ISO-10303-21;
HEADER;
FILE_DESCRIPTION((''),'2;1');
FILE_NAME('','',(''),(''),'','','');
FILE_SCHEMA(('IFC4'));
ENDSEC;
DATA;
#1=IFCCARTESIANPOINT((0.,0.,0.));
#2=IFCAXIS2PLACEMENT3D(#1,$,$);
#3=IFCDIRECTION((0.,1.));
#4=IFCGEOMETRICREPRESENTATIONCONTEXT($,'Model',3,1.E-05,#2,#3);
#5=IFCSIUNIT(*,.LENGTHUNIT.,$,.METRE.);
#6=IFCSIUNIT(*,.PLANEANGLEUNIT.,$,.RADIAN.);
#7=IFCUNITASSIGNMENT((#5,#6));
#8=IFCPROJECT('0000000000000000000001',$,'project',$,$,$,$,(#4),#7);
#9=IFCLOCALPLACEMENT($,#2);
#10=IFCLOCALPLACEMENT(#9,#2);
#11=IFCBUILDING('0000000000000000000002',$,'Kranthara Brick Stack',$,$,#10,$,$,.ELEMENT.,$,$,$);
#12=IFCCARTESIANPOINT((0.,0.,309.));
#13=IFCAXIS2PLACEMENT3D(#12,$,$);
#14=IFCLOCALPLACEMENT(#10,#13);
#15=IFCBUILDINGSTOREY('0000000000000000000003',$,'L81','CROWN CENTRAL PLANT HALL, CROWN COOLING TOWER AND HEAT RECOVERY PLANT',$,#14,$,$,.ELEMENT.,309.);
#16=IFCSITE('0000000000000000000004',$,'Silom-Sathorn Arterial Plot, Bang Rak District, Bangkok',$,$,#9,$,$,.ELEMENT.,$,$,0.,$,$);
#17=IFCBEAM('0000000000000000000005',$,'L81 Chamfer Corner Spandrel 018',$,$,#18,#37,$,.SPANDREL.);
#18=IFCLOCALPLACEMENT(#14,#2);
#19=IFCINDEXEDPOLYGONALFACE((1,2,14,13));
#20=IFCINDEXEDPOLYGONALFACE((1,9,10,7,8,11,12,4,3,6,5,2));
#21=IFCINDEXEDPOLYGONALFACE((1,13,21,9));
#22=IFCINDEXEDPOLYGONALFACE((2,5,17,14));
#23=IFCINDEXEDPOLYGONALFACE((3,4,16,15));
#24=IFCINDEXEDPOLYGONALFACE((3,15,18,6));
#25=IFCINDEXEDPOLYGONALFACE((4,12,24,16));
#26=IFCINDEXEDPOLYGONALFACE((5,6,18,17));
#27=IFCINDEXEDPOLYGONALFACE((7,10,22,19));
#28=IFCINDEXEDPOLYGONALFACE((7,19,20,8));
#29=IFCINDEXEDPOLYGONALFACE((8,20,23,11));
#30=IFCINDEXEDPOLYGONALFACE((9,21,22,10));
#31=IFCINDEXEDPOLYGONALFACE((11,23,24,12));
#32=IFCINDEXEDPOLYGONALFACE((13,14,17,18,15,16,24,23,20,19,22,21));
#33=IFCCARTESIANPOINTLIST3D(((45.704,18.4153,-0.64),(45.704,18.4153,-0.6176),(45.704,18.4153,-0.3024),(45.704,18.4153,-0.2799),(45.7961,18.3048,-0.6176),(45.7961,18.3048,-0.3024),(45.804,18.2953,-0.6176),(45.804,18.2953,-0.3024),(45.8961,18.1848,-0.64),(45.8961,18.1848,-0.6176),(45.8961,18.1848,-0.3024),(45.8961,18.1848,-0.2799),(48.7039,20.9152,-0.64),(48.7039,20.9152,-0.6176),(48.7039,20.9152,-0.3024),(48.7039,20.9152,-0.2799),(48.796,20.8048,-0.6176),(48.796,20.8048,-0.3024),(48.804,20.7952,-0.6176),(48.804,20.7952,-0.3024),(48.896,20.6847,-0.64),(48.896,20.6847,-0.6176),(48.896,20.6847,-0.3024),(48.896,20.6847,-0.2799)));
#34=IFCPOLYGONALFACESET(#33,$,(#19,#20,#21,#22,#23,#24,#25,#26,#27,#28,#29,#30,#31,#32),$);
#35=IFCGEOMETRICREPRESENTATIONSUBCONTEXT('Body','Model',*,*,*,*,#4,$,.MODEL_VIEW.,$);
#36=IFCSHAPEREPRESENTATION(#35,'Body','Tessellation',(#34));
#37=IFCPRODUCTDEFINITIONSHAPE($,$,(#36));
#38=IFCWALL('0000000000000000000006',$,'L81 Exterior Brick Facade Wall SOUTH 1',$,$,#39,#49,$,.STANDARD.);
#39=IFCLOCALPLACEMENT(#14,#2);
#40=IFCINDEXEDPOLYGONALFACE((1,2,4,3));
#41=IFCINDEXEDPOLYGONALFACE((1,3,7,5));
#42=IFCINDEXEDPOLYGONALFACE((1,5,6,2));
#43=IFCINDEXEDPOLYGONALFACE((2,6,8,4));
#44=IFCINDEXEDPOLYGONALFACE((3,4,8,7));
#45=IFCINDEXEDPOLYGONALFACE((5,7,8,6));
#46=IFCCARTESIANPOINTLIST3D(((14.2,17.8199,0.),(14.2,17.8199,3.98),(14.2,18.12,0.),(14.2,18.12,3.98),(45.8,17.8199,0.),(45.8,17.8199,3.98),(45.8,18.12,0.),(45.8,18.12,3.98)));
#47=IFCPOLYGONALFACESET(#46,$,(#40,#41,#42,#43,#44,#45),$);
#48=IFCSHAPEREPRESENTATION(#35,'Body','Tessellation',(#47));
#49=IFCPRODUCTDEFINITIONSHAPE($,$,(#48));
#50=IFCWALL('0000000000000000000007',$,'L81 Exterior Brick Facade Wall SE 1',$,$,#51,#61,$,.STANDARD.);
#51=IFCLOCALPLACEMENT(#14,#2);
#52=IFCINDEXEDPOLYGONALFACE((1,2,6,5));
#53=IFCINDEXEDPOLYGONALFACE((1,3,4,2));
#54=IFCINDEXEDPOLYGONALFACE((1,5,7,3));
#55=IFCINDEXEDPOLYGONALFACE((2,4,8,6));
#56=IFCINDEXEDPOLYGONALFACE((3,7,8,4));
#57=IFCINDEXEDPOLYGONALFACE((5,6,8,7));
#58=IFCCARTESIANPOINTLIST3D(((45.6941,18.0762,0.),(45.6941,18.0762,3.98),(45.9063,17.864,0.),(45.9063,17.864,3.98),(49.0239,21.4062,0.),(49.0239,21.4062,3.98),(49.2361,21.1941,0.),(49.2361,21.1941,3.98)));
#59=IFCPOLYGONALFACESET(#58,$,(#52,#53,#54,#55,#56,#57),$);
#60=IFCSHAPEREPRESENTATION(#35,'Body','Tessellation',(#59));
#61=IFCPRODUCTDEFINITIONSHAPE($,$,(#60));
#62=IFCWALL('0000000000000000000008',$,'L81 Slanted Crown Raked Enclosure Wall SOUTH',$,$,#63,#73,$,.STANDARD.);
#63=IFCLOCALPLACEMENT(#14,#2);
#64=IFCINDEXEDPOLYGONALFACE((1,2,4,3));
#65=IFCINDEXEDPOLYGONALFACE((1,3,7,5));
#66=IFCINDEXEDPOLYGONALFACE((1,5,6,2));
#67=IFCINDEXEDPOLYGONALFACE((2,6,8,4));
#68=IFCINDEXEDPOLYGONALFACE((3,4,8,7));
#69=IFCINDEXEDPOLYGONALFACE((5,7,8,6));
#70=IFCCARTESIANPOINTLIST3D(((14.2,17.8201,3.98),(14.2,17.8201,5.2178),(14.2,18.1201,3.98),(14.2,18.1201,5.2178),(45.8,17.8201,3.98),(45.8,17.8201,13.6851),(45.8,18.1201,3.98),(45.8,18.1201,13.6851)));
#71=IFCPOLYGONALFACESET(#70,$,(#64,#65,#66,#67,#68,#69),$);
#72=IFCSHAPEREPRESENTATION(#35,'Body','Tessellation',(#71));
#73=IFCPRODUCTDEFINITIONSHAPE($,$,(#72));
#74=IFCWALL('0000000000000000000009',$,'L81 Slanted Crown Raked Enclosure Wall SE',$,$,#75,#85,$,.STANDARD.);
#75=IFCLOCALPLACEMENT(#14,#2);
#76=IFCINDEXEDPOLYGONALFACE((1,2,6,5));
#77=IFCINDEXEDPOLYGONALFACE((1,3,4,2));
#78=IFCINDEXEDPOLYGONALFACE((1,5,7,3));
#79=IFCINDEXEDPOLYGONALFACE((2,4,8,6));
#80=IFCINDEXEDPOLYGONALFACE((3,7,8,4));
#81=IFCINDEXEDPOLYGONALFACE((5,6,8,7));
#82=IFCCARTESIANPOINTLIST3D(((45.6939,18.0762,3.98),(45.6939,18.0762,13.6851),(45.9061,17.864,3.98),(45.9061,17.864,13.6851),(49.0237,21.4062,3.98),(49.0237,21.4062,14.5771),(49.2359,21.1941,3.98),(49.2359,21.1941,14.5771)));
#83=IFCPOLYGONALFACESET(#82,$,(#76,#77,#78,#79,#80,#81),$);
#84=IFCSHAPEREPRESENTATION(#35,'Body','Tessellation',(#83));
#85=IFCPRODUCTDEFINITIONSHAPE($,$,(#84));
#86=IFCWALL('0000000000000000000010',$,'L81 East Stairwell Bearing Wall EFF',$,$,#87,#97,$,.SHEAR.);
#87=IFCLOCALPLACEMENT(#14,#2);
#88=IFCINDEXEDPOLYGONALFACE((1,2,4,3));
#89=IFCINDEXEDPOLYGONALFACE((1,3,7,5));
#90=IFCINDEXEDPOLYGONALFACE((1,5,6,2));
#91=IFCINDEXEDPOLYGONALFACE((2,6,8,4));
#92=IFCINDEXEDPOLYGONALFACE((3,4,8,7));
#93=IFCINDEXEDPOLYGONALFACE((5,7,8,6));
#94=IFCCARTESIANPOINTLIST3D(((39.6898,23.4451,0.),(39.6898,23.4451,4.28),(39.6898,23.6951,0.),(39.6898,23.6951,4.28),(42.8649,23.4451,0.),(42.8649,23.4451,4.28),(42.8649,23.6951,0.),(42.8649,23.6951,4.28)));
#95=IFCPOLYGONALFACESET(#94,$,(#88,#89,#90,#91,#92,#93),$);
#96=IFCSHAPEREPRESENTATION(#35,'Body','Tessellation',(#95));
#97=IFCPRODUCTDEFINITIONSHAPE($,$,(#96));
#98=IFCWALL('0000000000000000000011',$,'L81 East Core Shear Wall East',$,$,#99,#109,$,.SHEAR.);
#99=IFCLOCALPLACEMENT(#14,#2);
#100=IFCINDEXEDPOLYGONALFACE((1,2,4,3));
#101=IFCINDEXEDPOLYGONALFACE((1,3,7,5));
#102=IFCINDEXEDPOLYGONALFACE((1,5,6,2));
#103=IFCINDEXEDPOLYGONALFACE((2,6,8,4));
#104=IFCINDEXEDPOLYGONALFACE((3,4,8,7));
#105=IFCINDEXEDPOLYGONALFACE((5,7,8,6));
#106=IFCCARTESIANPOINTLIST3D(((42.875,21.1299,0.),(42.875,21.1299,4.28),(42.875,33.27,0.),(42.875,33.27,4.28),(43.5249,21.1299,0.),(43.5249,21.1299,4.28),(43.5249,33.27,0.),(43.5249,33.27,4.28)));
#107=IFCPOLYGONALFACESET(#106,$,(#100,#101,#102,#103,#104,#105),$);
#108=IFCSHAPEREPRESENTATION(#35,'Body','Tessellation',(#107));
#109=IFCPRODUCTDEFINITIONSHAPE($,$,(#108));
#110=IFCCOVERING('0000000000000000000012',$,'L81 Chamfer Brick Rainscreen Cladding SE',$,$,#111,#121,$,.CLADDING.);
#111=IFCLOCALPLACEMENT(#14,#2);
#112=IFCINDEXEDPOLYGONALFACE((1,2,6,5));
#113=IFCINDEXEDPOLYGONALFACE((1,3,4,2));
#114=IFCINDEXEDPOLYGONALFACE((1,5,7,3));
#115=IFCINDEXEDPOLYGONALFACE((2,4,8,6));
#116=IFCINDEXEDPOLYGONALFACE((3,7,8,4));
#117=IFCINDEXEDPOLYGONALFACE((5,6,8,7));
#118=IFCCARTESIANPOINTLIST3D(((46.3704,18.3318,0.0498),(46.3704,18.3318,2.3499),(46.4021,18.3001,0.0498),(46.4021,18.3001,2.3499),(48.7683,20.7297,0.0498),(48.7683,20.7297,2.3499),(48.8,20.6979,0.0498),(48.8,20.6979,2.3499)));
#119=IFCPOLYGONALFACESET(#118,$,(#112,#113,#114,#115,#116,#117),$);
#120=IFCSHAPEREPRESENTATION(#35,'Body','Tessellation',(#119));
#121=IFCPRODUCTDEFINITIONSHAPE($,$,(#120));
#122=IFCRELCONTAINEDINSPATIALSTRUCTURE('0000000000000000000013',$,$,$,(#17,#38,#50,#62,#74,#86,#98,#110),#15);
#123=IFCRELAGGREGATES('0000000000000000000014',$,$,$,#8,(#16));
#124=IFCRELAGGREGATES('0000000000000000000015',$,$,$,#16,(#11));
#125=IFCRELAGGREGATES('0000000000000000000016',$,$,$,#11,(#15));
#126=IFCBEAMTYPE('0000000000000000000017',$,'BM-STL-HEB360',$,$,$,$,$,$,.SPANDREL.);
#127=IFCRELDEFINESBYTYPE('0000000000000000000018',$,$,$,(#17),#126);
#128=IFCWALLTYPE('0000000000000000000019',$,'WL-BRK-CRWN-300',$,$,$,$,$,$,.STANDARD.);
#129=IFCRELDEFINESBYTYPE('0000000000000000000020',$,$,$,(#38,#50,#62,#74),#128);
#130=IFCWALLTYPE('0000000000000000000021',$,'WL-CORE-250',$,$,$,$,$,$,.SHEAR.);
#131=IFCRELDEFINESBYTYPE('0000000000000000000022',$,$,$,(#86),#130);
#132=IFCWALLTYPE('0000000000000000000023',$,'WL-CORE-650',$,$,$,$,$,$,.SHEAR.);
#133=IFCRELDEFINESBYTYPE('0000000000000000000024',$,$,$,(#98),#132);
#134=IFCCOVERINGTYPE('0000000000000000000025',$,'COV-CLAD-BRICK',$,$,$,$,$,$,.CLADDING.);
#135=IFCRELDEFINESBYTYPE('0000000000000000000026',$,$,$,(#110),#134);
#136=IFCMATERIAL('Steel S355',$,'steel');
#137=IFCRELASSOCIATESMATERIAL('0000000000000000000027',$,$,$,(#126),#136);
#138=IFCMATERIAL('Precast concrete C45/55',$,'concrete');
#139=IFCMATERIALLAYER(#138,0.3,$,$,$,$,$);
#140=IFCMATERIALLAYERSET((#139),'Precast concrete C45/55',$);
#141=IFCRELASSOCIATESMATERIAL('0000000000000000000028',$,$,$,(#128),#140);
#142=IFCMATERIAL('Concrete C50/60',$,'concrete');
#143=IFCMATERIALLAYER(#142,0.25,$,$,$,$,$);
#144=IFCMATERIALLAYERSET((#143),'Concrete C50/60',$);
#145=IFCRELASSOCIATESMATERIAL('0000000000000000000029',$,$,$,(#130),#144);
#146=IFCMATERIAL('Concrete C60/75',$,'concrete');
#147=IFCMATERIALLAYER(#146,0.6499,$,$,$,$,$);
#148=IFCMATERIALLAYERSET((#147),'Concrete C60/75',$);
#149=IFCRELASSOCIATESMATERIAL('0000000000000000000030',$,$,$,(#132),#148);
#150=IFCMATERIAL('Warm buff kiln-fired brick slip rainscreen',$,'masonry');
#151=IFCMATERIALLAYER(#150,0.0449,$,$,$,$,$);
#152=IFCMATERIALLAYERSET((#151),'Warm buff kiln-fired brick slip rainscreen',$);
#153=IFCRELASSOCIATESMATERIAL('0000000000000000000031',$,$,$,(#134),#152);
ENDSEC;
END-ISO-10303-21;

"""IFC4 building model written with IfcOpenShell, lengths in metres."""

from ifc_helpers import new_model, si_unit, direction, frame, frame_2d, origin, origin_2d, place, context, subcontext, project, spatial, polyline, rectangle, i_section, outline, extrude, material, layer, layer_set, material_profile, profile_set, type_object, element, save


model = new_model("IFC4")

# Units and contexts
model_context = context("Model", 3, precision=1e-05, world=origin(), true_north=direction((0.0, 1.0)))
body_context = subcontext(model_context, "Body", "Model", "MODEL_VIEW")
ifc_project = project(units=[si_unit("LENGTHUNIT", "METRE"), si_unit("PLANEANGLEUNIT", "RADIAN")], contexts=[model_context])

# Site, building, storey
site_placement = place(None, origin())
site = spatial("IfcSite", under=ifc_project, at=site_placement, Name="Silom-Sathorn Arterial Plot, Bang Rak District, Bangkok", CompositionType="ELEMENT", RefElevation=0.0)
building_placement = place(site_placement, origin())
building = spatial("IfcBuilding", under=site, at=building_placement, Name="Kranthara Brick Stack", CompositionType="ELEMENT")
storey_placement = place(building_placement, frame((0.0, 0.0, 309.0)))
storey = spatial("IfcBuildingStorey", under=building, at=storey_placement, Name="L81", Description="CROWN CENTRAL PLANT HALL, CROWN COOLING TOWER AND HEAT RECOVERY PLANT", CompositionType="ELEMENT", Elevation=309.0)

# Beam
ifc_material_1 = material(Name="Steel S355", Category="steel")
ifc_material_profile_1 = material_profile(ifc_material_1, i_section(OverallWidth=0.3, OverallDepth=0.3601, WebThickness=0.0125, FlangeThickness=0.0225, at=origin_2d()), Name="HEB 360")
ifc_profile_set_1 = profile_set([ifc_material_profile_1], Name="Steel S355")
beam_type_1 = type_object("IfcBeamType", Name="BM-STL-HEB360", PredefinedType="SPANDREL", material=ifc_profile_set_1)
beam_1_placement = place(storey_placement, frame((45.8, 18.3, -0.46), z_axis=(0.768221, 0.640184, 0.0), x_axis=(-0.640184, 0.768221, 0.0)))
element("IfcBeam", 1, at=beam_1_placement, inside=storey, type_object=beam_type_1, Name="L81 Chamfer Corner Spandrel 018", PredefinedType="SPANDREL", context=body_context, shape_type="SweptSolid", body=[
    extrude(i_section(OverallWidth=0.3, OverallDepth=0.3601, WebThickness=0.0125, FlangeThickness=0.0225, at=origin_2d()), origin(), (0.0, 0.0, 1.0), 3.905),
])

# Walls
ifc_material_2 = material(Name="Precast concrete C45/55", Category="concrete")
ifc_layer_1 = layer(ifc_material_2, 0.3)
ifc_layer_set_1 = layer_set([ifc_layer_1], Name="Precast concrete C45/55")
wall_type_1 = type_object("IfcWallType", Name="WL-BRK-CRWN-300", PredefinedType="STANDARD", material=ifc_layer_set_1)
wall_1_placement = place(storey_placement, frame((45.8, 17.97, 0.0), z_axis=(0.0, 0.0, 1.0), x_axis=(-1.0, 0.0, 0.0)))
element("IfcWall", 2, at=wall_1_placement, inside=storey, type_object=wall_type_1, Name="L81 Exterior Brick Facade Wall SOUTH 1", PredefinedType="STANDARD", context=body_context, shape_type="SweptSolid", body=[
    extrude(rectangle(XDim=31.6001, YDim=0.3, at=frame_2d((15.8, 0.0))), origin(), (0.0, 0.0, 1.0), 3.98),
])
wall_2_placement = place(storey_placement, frame((49.1299, 21.3, 0.0), z_axis=(0.0, 0.0, 1.0), x_axis=(-0.707081, -0.707133, 0.0)))
element("IfcWall", 3, at=wall_2_placement, inside=storey, type_object=wall_type_1, Name="L81 Exterior Brick Facade Wall SE 1", PredefinedType="STANDARD", context=body_context, shape_type="SweptSolid", body=[
    extrude(rectangle(XDim=4.7092, YDim=0.3, at=frame_2d((2.3545, 0.0))), origin(), (0.0, 0.0, 1.0), 3.98),
])
wall_3_placement = place(storey_placement, frame((45.8, 17.97, 3.98), z_axis=(0.0, 0.0, 1.0), x_axis=(-1.0, 0.0, 0.0)))
element("IfcWall", 4, at=wall_3_placement, inside=storey, type_object=wall_type_1, Name="L81 Slanted Crown Raked Enclosure Wall SOUTH", PredefinedType="STANDARD", context=body_context, shape_type="SweptSolid", body=[
    extrude(outline(polyline([(0.0, 0.0), (31.6001, 0.0), (31.6001, 1.2378), (0.0, 9.7051), (0.0, 0.0)])), frame((0.0, 0.1499, 0.0), z_axis=(0.0, -1.0, 0.0), x_axis=(1.0, 0.0, 0.0)), (0.0, 0.0, 1.0), 0.3),
])
wall_4_placement = place(storey_placement, frame((49.1299, 21.3, 3.98), z_axis=(0.0, 0.0, 1.0), x_axis=(-0.707081, -0.707133, 0.0)))
element("IfcWall", 5, at=wall_4_placement, inside=storey, type_object=wall_type_1, Name="L81 Slanted Crown Raked Enclosure Wall SE", PredefinedType="STANDARD", context=body_context, shape_type="SweptSolid", body=[
    extrude(outline(polyline([(0.0, 0.0), (4.7092, 0.0), (4.7092, 9.7051), (0.0, 10.5972), (0.0, 0.0)])), frame((0.0, 0.1499, 0.0), z_axis=(0.0, -1.0, 0.0), x_axis=(1.0, 0.0, 0.0)), (0.0, 0.0, 1.0), 0.3),
])

# Shared definitions
ifc_material_3 = material(Name="Concrete C50/60", Category="concrete")
ifc_layer_2 = layer(ifc_material_3, 0.25)
ifc_layer_set_2 = layer_set([ifc_layer_2], Name="Concrete C50/60")
wall_type_2 = type_object("IfcWallType", Name="WL-CORE-250", PredefinedType="SHEAR", material=ifc_layer_set_2)

# Walls
wall_5_placement = place(storey_placement, frame((39.6899, 23.5701, 0.0), z_axis=(0.0, 0.0, 1.0), x_axis=(1.0, 0.0, 0.0)))
element("IfcWall", 6, at=wall_5_placement, inside=storey, type_object=wall_type_2, Name="L81 East Stairwell Bearing Wall EFF", PredefinedType="SHEAR", context=body_context, shape_type="SweptSolid", body=[
    extrude(rectangle(XDim=3.175, YDim=0.25, at=frame_2d((1.5874, 0.0))), origin(), (0.0, 0.0, 1.0), 4.28),
])
ifc_material_4 = material(Name="Concrete C60/75", Category="concrete")
ifc_layer_3 = layer(ifc_material_4, 0.6499)
ifc_layer_set_3 = layer_set([ifc_layer_3], Name="Concrete C60/75")
wall_type_3 = type_object("IfcWallType", Name="WL-CORE-650", PredefinedType="SHEAR", material=ifc_layer_set_3)
wall_6_placement = place(storey_placement, frame((43.2, 21.1299, 0.0), z_axis=(0.0, 0.0, 1.0), x_axis=(0.0, 1.0, 0.0)))
element("IfcWall", 7, at=wall_6_placement, inside=storey, type_object=wall_type_3, Name="L81 East Core Shear Wall East", PredefinedType="SHEAR", context=body_context, shape_type="SweptSolid", body=[
    extrude(rectangle(XDim=12.1401, YDim=0.6499, at=frame_2d((6.0701, 0.0))), origin(), (0.0, 0.0, 1.0), 4.28),
])

# Covering
ifc_material_5 = material(Name="Warm buff kiln-fired brick slip rainscreen", Category="masonry")
ifc_layer_4 = layer(ifc_material_5, 0.0449)
ifc_layer_set_4 = layer_set([ifc_layer_4], Name="Warm buff kiln-fired brick slip rainscreen")
covering_type = type_object("IfcCoveringType", Name="COV-CLAD-BRICK", PredefinedType="CLADDING", material=ifc_layer_set_4)
covering_placement = place(storey_placement, frame((47.5852, 19.5149, 0.0498), z_axis=(0.0, 0.0, 1.0), x_axis=(-0.707107, -0.707107, 0.0)))
element("IfcCovering", 8, at=covering_placement, inside=storey, type_object=covering_type, Name="L81 Chamfer Brick Rainscreen Cladding SE", PredefinedType="CLADDING", context=body_context, shape_type="SweptSolid", body=[
    extrude(rectangle(XDim=3.3911, YDim=0.0449, at=origin_2d()), origin(), (0.0, 0.0, 1.0), 2.3),
])

save(model, "model.ifc")
